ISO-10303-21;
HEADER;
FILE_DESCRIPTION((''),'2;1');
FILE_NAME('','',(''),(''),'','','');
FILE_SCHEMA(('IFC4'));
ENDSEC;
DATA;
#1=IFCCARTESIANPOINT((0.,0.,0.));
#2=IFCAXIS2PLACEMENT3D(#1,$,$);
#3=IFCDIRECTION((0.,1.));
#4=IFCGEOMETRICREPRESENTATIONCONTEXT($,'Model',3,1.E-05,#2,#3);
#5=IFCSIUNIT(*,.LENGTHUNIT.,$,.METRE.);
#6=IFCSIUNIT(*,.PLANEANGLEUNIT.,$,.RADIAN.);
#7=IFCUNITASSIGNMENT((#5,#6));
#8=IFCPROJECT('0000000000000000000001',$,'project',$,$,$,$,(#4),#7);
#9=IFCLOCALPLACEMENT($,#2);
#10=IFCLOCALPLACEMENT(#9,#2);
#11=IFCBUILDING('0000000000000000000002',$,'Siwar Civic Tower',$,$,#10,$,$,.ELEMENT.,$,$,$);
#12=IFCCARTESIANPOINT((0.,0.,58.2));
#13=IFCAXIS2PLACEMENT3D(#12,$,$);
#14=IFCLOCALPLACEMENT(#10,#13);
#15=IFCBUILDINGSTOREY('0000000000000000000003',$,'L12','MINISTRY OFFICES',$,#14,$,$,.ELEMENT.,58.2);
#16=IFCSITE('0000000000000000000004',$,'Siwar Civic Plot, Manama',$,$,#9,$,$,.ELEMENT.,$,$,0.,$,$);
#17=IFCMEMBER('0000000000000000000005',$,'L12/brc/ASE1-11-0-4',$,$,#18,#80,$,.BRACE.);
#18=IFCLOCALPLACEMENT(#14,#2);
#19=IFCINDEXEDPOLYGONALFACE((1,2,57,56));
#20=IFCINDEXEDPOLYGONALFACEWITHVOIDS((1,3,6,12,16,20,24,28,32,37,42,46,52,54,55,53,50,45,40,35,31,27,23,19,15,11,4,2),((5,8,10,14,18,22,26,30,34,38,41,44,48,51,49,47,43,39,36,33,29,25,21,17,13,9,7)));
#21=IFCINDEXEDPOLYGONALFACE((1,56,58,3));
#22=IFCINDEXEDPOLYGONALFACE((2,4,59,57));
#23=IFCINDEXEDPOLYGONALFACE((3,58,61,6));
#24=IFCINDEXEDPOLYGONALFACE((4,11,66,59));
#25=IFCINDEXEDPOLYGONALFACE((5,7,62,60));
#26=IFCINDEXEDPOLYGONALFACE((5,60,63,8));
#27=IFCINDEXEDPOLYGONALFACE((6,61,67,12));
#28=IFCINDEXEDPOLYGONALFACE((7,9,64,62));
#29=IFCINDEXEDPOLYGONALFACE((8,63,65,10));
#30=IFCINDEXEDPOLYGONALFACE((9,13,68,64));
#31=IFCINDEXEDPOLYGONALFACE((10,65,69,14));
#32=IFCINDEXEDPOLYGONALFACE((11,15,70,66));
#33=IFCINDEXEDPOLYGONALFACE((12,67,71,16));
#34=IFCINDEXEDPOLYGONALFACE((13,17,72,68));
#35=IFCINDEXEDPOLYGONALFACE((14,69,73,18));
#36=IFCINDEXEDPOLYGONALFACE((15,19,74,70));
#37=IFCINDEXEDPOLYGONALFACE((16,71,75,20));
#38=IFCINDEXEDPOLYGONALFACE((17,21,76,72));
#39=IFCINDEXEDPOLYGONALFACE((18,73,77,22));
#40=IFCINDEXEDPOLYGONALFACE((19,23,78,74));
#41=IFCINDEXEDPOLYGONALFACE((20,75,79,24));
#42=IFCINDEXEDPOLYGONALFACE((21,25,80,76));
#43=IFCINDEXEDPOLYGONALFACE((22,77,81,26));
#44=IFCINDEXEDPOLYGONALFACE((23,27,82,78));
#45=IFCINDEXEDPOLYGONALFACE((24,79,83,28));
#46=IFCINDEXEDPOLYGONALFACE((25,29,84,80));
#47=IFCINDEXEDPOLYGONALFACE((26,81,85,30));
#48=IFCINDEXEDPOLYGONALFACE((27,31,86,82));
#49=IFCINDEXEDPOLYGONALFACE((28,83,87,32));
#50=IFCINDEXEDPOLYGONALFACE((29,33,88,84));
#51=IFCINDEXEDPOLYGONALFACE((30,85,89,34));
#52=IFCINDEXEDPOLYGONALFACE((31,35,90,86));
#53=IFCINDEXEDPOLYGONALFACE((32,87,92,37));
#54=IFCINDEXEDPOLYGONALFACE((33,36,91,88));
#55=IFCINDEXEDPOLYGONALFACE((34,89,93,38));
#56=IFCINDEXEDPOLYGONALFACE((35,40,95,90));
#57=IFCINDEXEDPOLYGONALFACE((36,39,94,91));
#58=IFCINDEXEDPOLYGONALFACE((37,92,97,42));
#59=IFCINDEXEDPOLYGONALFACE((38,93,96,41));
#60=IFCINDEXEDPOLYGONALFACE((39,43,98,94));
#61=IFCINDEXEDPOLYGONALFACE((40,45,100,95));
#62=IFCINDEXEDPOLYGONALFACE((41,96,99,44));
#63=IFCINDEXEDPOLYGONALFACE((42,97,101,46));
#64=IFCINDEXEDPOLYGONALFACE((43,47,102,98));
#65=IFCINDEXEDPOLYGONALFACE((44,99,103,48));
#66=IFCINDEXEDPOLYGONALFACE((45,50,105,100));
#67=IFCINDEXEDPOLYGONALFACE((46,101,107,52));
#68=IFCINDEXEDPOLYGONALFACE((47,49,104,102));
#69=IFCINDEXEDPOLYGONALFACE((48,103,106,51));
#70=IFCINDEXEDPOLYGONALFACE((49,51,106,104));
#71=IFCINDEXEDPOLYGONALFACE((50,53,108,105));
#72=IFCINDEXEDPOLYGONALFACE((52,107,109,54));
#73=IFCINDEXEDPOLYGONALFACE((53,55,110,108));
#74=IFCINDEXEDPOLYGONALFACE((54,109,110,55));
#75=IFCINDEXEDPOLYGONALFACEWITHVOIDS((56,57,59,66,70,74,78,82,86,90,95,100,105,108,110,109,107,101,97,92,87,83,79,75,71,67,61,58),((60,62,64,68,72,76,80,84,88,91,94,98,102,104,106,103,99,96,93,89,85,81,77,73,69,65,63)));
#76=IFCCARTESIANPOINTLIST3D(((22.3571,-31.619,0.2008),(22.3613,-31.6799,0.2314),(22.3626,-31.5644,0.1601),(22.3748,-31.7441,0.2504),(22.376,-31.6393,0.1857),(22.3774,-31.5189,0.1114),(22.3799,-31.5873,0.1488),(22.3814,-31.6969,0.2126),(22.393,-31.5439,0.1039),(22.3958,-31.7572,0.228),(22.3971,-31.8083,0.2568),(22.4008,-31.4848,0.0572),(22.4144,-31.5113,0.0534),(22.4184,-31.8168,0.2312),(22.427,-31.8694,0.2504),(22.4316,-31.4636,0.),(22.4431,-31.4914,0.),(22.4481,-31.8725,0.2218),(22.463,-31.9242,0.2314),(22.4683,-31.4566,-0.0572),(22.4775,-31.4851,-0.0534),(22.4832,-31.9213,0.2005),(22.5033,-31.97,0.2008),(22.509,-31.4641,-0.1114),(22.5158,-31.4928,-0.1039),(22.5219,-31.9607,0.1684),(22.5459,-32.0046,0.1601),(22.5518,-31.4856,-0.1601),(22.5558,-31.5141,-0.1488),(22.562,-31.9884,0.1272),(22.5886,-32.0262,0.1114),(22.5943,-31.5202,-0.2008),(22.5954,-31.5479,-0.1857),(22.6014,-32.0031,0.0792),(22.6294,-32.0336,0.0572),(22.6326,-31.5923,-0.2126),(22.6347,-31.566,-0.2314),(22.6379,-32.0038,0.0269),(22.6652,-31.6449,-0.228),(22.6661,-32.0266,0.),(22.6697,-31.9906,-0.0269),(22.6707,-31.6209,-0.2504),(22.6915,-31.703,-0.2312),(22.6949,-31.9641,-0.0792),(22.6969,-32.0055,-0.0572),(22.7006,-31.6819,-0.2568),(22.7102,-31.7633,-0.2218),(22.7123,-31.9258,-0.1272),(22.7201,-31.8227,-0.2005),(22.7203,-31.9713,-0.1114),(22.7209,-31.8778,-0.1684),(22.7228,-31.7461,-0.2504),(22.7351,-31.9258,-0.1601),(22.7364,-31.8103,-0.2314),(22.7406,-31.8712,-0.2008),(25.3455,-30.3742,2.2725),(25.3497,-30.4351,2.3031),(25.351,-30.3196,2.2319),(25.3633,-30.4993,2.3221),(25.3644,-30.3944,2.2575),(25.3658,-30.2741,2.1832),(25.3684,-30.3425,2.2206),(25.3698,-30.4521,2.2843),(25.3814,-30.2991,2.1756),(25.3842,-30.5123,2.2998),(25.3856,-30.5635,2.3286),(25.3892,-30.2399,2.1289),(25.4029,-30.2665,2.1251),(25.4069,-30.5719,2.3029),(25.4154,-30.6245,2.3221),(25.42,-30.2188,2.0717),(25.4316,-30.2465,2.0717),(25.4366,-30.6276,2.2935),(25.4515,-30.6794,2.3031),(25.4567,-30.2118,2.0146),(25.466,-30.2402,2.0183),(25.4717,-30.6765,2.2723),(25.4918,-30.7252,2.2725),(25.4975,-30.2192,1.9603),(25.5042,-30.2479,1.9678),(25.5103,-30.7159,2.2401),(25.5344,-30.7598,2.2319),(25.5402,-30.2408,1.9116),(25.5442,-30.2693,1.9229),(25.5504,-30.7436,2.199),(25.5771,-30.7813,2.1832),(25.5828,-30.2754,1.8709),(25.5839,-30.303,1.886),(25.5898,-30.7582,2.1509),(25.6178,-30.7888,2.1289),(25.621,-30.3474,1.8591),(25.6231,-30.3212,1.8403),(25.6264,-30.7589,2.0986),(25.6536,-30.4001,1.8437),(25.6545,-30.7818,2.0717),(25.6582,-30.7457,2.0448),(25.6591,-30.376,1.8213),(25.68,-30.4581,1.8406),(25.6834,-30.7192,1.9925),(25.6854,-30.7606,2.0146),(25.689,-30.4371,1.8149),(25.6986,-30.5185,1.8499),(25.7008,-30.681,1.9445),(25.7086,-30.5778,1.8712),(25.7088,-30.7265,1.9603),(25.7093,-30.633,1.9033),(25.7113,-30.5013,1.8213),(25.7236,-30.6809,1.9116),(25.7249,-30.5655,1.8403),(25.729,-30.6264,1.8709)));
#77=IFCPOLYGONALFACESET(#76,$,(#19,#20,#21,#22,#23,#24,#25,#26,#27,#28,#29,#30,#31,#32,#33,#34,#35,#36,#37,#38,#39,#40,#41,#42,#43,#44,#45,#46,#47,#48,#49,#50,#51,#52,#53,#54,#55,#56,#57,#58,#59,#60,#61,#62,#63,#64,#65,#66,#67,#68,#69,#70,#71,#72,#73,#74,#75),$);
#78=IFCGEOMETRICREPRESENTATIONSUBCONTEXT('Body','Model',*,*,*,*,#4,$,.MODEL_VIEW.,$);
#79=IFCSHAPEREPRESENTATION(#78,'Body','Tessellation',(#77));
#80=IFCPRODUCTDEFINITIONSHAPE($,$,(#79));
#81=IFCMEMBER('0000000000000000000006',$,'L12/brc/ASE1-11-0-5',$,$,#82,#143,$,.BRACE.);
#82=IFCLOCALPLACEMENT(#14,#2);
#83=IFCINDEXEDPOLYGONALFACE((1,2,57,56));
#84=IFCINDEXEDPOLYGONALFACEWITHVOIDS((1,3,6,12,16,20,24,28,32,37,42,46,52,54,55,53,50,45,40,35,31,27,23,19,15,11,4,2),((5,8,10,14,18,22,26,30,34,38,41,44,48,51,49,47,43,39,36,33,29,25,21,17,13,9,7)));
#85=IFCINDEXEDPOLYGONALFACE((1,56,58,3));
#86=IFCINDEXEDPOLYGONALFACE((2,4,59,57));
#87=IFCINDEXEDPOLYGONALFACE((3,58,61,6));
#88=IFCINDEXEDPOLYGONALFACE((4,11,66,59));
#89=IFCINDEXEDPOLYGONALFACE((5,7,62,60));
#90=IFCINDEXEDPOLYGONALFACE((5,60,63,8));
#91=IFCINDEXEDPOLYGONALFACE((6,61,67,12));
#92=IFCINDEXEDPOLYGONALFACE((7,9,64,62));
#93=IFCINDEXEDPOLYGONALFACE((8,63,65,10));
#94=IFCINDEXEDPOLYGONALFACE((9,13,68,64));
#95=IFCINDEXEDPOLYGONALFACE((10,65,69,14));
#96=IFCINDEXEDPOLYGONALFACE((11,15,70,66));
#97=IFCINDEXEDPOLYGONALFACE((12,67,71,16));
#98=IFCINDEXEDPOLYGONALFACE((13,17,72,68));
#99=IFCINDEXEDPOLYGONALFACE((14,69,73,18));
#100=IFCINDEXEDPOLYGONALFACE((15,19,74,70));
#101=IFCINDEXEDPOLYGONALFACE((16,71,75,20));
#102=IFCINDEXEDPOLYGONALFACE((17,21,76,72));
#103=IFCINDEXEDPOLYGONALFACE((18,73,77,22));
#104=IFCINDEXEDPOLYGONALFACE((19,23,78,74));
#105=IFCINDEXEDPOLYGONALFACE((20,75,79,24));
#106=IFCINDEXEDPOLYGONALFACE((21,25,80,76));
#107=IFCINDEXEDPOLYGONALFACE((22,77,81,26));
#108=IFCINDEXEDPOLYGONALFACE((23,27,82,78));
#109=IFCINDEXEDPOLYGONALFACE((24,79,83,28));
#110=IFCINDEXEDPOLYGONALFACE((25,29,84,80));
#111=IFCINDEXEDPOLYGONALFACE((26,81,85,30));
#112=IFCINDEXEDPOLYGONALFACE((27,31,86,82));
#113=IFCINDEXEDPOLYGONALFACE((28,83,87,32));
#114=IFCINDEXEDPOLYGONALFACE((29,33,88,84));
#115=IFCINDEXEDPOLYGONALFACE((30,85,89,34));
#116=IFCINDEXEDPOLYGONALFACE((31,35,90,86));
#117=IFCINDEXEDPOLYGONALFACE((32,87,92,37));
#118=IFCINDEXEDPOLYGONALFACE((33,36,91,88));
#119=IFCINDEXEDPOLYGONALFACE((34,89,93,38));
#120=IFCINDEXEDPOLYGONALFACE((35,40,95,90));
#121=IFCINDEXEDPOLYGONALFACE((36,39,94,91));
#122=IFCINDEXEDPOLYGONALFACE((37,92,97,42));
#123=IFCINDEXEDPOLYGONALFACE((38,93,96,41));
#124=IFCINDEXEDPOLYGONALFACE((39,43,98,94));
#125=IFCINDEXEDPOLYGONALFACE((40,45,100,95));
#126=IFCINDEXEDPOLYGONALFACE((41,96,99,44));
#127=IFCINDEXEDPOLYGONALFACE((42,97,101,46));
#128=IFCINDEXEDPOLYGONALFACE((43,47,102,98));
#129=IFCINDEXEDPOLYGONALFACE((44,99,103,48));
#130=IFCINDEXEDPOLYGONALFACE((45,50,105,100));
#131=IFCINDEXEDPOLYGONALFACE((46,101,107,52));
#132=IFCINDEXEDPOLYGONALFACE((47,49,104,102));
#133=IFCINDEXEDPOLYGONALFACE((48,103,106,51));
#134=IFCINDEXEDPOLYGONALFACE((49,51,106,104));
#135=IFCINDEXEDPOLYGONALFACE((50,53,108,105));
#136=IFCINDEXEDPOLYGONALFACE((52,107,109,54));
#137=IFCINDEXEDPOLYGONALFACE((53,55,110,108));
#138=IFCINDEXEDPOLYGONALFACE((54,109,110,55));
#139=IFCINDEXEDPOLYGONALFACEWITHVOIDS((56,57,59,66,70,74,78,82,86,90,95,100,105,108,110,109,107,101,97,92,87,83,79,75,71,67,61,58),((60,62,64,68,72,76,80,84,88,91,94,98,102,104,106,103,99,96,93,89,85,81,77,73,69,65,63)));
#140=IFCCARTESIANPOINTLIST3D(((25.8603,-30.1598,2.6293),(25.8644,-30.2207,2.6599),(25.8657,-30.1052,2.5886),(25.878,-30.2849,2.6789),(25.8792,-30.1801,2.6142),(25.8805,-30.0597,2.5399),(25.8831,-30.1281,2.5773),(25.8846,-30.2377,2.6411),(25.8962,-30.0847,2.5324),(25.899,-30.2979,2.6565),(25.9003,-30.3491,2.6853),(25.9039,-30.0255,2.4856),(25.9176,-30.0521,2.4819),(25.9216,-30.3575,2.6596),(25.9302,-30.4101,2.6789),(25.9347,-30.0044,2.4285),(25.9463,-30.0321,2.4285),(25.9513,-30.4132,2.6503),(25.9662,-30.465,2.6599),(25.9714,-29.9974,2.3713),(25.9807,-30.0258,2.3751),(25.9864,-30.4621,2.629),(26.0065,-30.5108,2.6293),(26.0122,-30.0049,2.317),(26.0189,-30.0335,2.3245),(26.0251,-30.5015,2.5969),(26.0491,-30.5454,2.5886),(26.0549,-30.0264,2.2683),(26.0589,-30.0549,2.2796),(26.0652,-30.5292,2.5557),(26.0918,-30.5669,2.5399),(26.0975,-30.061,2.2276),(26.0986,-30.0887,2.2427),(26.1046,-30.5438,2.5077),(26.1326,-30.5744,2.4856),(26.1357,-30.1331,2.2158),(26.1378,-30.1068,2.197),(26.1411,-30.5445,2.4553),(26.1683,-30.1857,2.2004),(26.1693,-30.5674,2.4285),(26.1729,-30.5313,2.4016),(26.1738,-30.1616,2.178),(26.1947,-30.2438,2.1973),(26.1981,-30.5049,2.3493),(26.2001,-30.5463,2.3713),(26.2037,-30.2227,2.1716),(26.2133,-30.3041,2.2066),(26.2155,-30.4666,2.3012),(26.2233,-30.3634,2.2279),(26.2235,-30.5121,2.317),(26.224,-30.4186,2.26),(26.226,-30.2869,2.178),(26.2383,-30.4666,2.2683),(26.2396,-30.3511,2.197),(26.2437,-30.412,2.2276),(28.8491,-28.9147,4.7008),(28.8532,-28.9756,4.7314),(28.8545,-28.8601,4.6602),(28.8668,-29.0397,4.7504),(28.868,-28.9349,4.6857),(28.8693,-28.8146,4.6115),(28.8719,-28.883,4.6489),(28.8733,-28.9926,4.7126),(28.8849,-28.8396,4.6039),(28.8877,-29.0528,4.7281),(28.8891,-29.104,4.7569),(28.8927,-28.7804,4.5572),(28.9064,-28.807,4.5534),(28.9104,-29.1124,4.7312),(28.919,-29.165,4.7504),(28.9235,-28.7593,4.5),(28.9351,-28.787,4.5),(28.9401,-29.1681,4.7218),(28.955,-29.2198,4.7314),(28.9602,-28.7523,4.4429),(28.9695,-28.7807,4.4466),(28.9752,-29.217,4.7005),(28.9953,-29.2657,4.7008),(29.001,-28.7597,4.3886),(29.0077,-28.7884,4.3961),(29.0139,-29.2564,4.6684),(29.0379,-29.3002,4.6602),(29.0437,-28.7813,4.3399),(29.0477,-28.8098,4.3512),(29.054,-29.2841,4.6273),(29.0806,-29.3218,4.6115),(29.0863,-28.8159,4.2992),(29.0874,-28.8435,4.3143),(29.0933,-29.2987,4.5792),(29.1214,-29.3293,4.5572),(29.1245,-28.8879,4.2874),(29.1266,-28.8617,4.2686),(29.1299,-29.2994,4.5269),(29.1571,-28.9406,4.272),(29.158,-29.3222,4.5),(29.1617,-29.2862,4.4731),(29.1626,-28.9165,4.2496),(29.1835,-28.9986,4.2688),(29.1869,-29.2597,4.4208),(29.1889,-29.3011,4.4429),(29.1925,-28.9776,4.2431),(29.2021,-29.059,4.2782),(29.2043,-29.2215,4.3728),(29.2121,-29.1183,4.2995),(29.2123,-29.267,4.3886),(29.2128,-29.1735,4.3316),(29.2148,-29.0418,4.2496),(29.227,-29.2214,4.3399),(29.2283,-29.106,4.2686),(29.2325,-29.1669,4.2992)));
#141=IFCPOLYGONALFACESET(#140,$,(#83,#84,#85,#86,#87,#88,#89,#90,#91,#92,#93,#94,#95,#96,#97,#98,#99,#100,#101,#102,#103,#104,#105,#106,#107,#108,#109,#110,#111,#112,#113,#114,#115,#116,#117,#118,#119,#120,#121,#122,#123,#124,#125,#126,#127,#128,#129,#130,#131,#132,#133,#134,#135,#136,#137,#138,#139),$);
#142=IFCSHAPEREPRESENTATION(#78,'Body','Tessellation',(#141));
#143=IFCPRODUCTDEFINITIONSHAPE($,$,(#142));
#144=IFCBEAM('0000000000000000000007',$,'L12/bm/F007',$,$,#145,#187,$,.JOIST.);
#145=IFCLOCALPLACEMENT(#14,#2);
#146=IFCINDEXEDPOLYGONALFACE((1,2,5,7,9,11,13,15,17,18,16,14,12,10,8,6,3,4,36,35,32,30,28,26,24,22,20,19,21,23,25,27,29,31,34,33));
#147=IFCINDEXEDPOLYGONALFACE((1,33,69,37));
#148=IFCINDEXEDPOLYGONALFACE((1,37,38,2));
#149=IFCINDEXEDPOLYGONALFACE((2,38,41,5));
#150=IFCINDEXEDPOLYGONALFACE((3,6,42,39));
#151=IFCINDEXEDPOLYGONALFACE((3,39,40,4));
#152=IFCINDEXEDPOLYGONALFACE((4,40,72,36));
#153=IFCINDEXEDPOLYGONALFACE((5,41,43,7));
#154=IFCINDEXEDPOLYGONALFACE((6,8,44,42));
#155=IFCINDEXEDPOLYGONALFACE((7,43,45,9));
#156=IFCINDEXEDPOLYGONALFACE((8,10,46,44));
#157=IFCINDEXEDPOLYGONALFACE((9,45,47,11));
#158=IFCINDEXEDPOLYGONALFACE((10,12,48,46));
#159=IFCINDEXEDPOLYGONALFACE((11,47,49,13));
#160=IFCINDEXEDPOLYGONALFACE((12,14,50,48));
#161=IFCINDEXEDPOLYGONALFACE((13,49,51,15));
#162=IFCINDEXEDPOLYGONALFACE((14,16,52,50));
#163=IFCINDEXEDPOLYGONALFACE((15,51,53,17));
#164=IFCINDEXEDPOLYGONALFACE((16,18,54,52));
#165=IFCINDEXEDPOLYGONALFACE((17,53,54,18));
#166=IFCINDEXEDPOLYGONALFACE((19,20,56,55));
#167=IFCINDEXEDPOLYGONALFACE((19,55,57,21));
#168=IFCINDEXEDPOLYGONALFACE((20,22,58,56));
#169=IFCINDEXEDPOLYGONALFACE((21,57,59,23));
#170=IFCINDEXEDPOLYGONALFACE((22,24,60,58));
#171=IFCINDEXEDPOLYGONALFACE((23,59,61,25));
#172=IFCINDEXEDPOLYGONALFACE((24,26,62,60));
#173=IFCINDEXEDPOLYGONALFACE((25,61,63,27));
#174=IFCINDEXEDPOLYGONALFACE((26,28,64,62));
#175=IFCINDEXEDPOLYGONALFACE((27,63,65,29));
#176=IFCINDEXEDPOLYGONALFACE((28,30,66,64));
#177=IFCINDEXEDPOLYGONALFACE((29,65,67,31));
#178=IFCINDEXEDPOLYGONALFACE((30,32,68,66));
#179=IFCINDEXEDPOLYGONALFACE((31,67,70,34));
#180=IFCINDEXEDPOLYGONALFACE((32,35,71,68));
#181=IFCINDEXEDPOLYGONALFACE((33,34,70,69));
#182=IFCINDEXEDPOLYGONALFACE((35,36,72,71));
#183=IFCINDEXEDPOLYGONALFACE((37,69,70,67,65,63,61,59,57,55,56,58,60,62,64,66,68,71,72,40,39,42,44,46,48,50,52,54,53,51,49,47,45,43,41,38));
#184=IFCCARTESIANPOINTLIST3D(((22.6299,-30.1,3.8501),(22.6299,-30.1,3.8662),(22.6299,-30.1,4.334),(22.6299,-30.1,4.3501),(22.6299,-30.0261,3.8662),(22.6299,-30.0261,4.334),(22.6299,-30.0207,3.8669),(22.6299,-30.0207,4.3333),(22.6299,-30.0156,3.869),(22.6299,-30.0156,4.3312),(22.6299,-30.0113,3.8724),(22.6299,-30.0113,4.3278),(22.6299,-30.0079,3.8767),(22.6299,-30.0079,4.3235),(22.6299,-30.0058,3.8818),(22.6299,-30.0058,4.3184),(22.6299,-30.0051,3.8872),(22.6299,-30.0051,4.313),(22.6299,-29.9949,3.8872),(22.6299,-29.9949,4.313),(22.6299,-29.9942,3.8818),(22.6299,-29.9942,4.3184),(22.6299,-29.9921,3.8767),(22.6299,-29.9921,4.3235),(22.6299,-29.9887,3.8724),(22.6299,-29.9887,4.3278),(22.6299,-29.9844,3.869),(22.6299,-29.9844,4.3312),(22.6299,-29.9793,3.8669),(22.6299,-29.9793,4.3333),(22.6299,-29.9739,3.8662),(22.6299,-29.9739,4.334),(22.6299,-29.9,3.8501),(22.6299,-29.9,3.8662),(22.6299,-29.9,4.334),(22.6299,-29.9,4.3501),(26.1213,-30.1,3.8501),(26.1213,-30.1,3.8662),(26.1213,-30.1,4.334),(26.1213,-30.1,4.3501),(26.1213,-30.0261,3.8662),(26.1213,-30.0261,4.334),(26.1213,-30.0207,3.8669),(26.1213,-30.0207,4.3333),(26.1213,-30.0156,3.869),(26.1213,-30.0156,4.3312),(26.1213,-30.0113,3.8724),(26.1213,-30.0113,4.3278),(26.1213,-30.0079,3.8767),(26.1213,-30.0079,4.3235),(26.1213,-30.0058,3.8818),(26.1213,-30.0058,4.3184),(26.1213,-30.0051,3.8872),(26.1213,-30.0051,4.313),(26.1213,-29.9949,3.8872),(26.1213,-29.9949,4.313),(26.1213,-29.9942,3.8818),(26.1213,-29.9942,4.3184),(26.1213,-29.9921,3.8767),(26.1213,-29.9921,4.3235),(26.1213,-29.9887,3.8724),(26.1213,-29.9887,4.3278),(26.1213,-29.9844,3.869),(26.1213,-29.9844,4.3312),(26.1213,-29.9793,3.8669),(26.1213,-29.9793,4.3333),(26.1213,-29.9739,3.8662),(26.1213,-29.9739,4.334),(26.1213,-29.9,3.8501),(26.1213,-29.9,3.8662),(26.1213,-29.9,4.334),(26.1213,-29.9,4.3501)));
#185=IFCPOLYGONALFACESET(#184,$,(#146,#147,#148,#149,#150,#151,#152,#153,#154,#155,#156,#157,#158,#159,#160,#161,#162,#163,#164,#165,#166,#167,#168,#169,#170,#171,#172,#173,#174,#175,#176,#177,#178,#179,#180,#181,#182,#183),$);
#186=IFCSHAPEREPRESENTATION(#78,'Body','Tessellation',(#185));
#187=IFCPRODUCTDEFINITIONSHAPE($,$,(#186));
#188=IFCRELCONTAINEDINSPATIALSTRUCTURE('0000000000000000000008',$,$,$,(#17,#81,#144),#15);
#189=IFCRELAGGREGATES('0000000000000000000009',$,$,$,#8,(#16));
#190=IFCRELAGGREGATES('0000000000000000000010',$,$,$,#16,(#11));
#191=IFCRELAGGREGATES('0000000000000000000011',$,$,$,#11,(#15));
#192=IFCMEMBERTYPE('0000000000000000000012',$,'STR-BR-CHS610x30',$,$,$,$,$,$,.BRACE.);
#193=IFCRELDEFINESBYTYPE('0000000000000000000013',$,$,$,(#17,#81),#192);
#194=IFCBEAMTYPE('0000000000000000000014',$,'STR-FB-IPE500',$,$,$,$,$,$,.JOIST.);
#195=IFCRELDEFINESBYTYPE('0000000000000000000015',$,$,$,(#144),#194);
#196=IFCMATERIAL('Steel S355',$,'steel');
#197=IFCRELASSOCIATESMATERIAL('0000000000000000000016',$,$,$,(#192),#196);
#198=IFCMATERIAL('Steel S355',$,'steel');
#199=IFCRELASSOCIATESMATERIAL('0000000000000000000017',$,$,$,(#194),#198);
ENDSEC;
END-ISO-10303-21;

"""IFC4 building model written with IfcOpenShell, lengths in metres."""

from ifc_helpers import new_model, si_unit, direction, frame, origin, origin_2d, place, context, subcontext, project, spatial, hollow_circle, i_section, extrude, material, material_profile, profile_set, type_object, element, save


model = new_model("IFC4")

# Units and contexts
model_context = context("Model", 3, precision=1e-05, world=origin(), true_north=direction((0.0, 1.0)))
body_context = subcontext(model_context, "Body", "Model", "MODEL_VIEW")
ifc_project = project(units=[si_unit("LENGTHUNIT", "METRE"), si_unit("PLANEANGLEUNIT", "RADIAN")], contexts=[model_context])

# Site, building, storey
site_placement = place(None, origin())
site = spatial("IfcSite", under=ifc_project, at=site_placement, Name="Siwar Civic Plot, Manama", CompositionType="ELEMENT", RefElevation=0.0)
building_placement = place(site_placement, origin())
building = spatial("IfcBuilding", under=site, at=building_placement, Name="Siwar Civic Tower", CompositionType="ELEMENT")
storey_placement = place(building_placement, frame((0.0, 0.0, 58.2)))
storey = spatial("IfcBuildingStorey", under=building, at=storey_placement, Name="L12", Description="MINISTRY OFFICES", CompositionType="ELEMENT", Elevation=58.2)

# Members
ifc_material_1 = material(Name="Steel S355", Category="steel")
ifc_material_profile_1 = material_profile(ifc_material_1, hollow_circle(Radius=0.3049, WallThickness=0.03, at=origin_2d()), Name="CHS610x30")
ifc_profile_set_1 = profile_set([ifc_material_profile_1], Name="Steel S355")
member_type_1 = type_object("IfcMemberType", Name="STR-BR-CHS610x30", PredefinedType="BRACE", material=ifc_profile_set_1)
member_1_placement = place(storey_placement, frame((22.5488, -31.7451, 0.0), z_axis=(0.777533, 0.323882, 0.53902), x_axis=(-0.384524, 0.923115, 0.0)))
element("IfcMember", 1, at=member_1_placement, inside=storey, type_object=member_type_1, Name="L12/brc/ASE1-11-0-4", PredefinedType="BRACE", context=body_context, shape_type="SweptSolid", body=[
    extrude(hollow_circle(Radius=0.3049, WallThickness=0.03, at=origin_2d()), origin(), (0.0, 0.0, 1.0), 3.8435),
])
member_2_placement = place(storey_placement, frame((26.052, -30.2859, 2.4285), z_axis=(0.777569, 0.323934, 0.538937), x_axis=(-0.384562, 0.923099, 0.0)))
element("IfcMember", 2, at=member_2_placement, inside=storey, type_object=member_type_1, Name="L12/brc/ASE1-11-0-5", PredefinedType="BRACE", context=body_context, shape_type="SweptSolid", body=[
    extrude(hollow_circle(Radius=0.3049, WallThickness=0.03, at=origin_2d()), origin(), (0.0, 0.0, 1.0), 3.8438),
])

# Beam
ifc_material_2 = material(Name="Steel S355", Category="steel")
ifc_material_profile_2 = material_profile(ifc_material_2, i_section(OverallWidth=0.2, OverallDepth=0.5, WebThickness=0.0103, FlangeThickness=0.0161, FilletRadius=0.021, at=origin_2d()), Name="IPE500")
ifc_profile_set_2 = profile_set([ifc_material_profile_2], Name="Steel S355")
beam_type_1 = type_object("IfcBeamType", Name="STR-FB-IPE500", PredefinedType="JOIST", material=ifc_profile_set_2)
beam_1_placement = place(storey_placement, frame((22.6299, -30.0, 4.1001), z_axis=(1.0, 0.0, 0.0), x_axis=(0.0, 1.0, 0.0)))
element("IfcBeam", 3, at=beam_1_placement, inside=storey, type_object=beam_type_1, Name="L12/bm/F007", PredefinedType="JOIST", context=body_context, shape_type="SweptSolid", body=[
    extrude(i_section(OverallWidth=0.2, OverallDepth=0.5, WebThickness=0.0103, FlangeThickness=0.0161, FilletRadius=0.021, at=origin_2d()), origin(), (0.0, 0.0, 1.0), 3.4915),
])

save(model, "model.ifc")
